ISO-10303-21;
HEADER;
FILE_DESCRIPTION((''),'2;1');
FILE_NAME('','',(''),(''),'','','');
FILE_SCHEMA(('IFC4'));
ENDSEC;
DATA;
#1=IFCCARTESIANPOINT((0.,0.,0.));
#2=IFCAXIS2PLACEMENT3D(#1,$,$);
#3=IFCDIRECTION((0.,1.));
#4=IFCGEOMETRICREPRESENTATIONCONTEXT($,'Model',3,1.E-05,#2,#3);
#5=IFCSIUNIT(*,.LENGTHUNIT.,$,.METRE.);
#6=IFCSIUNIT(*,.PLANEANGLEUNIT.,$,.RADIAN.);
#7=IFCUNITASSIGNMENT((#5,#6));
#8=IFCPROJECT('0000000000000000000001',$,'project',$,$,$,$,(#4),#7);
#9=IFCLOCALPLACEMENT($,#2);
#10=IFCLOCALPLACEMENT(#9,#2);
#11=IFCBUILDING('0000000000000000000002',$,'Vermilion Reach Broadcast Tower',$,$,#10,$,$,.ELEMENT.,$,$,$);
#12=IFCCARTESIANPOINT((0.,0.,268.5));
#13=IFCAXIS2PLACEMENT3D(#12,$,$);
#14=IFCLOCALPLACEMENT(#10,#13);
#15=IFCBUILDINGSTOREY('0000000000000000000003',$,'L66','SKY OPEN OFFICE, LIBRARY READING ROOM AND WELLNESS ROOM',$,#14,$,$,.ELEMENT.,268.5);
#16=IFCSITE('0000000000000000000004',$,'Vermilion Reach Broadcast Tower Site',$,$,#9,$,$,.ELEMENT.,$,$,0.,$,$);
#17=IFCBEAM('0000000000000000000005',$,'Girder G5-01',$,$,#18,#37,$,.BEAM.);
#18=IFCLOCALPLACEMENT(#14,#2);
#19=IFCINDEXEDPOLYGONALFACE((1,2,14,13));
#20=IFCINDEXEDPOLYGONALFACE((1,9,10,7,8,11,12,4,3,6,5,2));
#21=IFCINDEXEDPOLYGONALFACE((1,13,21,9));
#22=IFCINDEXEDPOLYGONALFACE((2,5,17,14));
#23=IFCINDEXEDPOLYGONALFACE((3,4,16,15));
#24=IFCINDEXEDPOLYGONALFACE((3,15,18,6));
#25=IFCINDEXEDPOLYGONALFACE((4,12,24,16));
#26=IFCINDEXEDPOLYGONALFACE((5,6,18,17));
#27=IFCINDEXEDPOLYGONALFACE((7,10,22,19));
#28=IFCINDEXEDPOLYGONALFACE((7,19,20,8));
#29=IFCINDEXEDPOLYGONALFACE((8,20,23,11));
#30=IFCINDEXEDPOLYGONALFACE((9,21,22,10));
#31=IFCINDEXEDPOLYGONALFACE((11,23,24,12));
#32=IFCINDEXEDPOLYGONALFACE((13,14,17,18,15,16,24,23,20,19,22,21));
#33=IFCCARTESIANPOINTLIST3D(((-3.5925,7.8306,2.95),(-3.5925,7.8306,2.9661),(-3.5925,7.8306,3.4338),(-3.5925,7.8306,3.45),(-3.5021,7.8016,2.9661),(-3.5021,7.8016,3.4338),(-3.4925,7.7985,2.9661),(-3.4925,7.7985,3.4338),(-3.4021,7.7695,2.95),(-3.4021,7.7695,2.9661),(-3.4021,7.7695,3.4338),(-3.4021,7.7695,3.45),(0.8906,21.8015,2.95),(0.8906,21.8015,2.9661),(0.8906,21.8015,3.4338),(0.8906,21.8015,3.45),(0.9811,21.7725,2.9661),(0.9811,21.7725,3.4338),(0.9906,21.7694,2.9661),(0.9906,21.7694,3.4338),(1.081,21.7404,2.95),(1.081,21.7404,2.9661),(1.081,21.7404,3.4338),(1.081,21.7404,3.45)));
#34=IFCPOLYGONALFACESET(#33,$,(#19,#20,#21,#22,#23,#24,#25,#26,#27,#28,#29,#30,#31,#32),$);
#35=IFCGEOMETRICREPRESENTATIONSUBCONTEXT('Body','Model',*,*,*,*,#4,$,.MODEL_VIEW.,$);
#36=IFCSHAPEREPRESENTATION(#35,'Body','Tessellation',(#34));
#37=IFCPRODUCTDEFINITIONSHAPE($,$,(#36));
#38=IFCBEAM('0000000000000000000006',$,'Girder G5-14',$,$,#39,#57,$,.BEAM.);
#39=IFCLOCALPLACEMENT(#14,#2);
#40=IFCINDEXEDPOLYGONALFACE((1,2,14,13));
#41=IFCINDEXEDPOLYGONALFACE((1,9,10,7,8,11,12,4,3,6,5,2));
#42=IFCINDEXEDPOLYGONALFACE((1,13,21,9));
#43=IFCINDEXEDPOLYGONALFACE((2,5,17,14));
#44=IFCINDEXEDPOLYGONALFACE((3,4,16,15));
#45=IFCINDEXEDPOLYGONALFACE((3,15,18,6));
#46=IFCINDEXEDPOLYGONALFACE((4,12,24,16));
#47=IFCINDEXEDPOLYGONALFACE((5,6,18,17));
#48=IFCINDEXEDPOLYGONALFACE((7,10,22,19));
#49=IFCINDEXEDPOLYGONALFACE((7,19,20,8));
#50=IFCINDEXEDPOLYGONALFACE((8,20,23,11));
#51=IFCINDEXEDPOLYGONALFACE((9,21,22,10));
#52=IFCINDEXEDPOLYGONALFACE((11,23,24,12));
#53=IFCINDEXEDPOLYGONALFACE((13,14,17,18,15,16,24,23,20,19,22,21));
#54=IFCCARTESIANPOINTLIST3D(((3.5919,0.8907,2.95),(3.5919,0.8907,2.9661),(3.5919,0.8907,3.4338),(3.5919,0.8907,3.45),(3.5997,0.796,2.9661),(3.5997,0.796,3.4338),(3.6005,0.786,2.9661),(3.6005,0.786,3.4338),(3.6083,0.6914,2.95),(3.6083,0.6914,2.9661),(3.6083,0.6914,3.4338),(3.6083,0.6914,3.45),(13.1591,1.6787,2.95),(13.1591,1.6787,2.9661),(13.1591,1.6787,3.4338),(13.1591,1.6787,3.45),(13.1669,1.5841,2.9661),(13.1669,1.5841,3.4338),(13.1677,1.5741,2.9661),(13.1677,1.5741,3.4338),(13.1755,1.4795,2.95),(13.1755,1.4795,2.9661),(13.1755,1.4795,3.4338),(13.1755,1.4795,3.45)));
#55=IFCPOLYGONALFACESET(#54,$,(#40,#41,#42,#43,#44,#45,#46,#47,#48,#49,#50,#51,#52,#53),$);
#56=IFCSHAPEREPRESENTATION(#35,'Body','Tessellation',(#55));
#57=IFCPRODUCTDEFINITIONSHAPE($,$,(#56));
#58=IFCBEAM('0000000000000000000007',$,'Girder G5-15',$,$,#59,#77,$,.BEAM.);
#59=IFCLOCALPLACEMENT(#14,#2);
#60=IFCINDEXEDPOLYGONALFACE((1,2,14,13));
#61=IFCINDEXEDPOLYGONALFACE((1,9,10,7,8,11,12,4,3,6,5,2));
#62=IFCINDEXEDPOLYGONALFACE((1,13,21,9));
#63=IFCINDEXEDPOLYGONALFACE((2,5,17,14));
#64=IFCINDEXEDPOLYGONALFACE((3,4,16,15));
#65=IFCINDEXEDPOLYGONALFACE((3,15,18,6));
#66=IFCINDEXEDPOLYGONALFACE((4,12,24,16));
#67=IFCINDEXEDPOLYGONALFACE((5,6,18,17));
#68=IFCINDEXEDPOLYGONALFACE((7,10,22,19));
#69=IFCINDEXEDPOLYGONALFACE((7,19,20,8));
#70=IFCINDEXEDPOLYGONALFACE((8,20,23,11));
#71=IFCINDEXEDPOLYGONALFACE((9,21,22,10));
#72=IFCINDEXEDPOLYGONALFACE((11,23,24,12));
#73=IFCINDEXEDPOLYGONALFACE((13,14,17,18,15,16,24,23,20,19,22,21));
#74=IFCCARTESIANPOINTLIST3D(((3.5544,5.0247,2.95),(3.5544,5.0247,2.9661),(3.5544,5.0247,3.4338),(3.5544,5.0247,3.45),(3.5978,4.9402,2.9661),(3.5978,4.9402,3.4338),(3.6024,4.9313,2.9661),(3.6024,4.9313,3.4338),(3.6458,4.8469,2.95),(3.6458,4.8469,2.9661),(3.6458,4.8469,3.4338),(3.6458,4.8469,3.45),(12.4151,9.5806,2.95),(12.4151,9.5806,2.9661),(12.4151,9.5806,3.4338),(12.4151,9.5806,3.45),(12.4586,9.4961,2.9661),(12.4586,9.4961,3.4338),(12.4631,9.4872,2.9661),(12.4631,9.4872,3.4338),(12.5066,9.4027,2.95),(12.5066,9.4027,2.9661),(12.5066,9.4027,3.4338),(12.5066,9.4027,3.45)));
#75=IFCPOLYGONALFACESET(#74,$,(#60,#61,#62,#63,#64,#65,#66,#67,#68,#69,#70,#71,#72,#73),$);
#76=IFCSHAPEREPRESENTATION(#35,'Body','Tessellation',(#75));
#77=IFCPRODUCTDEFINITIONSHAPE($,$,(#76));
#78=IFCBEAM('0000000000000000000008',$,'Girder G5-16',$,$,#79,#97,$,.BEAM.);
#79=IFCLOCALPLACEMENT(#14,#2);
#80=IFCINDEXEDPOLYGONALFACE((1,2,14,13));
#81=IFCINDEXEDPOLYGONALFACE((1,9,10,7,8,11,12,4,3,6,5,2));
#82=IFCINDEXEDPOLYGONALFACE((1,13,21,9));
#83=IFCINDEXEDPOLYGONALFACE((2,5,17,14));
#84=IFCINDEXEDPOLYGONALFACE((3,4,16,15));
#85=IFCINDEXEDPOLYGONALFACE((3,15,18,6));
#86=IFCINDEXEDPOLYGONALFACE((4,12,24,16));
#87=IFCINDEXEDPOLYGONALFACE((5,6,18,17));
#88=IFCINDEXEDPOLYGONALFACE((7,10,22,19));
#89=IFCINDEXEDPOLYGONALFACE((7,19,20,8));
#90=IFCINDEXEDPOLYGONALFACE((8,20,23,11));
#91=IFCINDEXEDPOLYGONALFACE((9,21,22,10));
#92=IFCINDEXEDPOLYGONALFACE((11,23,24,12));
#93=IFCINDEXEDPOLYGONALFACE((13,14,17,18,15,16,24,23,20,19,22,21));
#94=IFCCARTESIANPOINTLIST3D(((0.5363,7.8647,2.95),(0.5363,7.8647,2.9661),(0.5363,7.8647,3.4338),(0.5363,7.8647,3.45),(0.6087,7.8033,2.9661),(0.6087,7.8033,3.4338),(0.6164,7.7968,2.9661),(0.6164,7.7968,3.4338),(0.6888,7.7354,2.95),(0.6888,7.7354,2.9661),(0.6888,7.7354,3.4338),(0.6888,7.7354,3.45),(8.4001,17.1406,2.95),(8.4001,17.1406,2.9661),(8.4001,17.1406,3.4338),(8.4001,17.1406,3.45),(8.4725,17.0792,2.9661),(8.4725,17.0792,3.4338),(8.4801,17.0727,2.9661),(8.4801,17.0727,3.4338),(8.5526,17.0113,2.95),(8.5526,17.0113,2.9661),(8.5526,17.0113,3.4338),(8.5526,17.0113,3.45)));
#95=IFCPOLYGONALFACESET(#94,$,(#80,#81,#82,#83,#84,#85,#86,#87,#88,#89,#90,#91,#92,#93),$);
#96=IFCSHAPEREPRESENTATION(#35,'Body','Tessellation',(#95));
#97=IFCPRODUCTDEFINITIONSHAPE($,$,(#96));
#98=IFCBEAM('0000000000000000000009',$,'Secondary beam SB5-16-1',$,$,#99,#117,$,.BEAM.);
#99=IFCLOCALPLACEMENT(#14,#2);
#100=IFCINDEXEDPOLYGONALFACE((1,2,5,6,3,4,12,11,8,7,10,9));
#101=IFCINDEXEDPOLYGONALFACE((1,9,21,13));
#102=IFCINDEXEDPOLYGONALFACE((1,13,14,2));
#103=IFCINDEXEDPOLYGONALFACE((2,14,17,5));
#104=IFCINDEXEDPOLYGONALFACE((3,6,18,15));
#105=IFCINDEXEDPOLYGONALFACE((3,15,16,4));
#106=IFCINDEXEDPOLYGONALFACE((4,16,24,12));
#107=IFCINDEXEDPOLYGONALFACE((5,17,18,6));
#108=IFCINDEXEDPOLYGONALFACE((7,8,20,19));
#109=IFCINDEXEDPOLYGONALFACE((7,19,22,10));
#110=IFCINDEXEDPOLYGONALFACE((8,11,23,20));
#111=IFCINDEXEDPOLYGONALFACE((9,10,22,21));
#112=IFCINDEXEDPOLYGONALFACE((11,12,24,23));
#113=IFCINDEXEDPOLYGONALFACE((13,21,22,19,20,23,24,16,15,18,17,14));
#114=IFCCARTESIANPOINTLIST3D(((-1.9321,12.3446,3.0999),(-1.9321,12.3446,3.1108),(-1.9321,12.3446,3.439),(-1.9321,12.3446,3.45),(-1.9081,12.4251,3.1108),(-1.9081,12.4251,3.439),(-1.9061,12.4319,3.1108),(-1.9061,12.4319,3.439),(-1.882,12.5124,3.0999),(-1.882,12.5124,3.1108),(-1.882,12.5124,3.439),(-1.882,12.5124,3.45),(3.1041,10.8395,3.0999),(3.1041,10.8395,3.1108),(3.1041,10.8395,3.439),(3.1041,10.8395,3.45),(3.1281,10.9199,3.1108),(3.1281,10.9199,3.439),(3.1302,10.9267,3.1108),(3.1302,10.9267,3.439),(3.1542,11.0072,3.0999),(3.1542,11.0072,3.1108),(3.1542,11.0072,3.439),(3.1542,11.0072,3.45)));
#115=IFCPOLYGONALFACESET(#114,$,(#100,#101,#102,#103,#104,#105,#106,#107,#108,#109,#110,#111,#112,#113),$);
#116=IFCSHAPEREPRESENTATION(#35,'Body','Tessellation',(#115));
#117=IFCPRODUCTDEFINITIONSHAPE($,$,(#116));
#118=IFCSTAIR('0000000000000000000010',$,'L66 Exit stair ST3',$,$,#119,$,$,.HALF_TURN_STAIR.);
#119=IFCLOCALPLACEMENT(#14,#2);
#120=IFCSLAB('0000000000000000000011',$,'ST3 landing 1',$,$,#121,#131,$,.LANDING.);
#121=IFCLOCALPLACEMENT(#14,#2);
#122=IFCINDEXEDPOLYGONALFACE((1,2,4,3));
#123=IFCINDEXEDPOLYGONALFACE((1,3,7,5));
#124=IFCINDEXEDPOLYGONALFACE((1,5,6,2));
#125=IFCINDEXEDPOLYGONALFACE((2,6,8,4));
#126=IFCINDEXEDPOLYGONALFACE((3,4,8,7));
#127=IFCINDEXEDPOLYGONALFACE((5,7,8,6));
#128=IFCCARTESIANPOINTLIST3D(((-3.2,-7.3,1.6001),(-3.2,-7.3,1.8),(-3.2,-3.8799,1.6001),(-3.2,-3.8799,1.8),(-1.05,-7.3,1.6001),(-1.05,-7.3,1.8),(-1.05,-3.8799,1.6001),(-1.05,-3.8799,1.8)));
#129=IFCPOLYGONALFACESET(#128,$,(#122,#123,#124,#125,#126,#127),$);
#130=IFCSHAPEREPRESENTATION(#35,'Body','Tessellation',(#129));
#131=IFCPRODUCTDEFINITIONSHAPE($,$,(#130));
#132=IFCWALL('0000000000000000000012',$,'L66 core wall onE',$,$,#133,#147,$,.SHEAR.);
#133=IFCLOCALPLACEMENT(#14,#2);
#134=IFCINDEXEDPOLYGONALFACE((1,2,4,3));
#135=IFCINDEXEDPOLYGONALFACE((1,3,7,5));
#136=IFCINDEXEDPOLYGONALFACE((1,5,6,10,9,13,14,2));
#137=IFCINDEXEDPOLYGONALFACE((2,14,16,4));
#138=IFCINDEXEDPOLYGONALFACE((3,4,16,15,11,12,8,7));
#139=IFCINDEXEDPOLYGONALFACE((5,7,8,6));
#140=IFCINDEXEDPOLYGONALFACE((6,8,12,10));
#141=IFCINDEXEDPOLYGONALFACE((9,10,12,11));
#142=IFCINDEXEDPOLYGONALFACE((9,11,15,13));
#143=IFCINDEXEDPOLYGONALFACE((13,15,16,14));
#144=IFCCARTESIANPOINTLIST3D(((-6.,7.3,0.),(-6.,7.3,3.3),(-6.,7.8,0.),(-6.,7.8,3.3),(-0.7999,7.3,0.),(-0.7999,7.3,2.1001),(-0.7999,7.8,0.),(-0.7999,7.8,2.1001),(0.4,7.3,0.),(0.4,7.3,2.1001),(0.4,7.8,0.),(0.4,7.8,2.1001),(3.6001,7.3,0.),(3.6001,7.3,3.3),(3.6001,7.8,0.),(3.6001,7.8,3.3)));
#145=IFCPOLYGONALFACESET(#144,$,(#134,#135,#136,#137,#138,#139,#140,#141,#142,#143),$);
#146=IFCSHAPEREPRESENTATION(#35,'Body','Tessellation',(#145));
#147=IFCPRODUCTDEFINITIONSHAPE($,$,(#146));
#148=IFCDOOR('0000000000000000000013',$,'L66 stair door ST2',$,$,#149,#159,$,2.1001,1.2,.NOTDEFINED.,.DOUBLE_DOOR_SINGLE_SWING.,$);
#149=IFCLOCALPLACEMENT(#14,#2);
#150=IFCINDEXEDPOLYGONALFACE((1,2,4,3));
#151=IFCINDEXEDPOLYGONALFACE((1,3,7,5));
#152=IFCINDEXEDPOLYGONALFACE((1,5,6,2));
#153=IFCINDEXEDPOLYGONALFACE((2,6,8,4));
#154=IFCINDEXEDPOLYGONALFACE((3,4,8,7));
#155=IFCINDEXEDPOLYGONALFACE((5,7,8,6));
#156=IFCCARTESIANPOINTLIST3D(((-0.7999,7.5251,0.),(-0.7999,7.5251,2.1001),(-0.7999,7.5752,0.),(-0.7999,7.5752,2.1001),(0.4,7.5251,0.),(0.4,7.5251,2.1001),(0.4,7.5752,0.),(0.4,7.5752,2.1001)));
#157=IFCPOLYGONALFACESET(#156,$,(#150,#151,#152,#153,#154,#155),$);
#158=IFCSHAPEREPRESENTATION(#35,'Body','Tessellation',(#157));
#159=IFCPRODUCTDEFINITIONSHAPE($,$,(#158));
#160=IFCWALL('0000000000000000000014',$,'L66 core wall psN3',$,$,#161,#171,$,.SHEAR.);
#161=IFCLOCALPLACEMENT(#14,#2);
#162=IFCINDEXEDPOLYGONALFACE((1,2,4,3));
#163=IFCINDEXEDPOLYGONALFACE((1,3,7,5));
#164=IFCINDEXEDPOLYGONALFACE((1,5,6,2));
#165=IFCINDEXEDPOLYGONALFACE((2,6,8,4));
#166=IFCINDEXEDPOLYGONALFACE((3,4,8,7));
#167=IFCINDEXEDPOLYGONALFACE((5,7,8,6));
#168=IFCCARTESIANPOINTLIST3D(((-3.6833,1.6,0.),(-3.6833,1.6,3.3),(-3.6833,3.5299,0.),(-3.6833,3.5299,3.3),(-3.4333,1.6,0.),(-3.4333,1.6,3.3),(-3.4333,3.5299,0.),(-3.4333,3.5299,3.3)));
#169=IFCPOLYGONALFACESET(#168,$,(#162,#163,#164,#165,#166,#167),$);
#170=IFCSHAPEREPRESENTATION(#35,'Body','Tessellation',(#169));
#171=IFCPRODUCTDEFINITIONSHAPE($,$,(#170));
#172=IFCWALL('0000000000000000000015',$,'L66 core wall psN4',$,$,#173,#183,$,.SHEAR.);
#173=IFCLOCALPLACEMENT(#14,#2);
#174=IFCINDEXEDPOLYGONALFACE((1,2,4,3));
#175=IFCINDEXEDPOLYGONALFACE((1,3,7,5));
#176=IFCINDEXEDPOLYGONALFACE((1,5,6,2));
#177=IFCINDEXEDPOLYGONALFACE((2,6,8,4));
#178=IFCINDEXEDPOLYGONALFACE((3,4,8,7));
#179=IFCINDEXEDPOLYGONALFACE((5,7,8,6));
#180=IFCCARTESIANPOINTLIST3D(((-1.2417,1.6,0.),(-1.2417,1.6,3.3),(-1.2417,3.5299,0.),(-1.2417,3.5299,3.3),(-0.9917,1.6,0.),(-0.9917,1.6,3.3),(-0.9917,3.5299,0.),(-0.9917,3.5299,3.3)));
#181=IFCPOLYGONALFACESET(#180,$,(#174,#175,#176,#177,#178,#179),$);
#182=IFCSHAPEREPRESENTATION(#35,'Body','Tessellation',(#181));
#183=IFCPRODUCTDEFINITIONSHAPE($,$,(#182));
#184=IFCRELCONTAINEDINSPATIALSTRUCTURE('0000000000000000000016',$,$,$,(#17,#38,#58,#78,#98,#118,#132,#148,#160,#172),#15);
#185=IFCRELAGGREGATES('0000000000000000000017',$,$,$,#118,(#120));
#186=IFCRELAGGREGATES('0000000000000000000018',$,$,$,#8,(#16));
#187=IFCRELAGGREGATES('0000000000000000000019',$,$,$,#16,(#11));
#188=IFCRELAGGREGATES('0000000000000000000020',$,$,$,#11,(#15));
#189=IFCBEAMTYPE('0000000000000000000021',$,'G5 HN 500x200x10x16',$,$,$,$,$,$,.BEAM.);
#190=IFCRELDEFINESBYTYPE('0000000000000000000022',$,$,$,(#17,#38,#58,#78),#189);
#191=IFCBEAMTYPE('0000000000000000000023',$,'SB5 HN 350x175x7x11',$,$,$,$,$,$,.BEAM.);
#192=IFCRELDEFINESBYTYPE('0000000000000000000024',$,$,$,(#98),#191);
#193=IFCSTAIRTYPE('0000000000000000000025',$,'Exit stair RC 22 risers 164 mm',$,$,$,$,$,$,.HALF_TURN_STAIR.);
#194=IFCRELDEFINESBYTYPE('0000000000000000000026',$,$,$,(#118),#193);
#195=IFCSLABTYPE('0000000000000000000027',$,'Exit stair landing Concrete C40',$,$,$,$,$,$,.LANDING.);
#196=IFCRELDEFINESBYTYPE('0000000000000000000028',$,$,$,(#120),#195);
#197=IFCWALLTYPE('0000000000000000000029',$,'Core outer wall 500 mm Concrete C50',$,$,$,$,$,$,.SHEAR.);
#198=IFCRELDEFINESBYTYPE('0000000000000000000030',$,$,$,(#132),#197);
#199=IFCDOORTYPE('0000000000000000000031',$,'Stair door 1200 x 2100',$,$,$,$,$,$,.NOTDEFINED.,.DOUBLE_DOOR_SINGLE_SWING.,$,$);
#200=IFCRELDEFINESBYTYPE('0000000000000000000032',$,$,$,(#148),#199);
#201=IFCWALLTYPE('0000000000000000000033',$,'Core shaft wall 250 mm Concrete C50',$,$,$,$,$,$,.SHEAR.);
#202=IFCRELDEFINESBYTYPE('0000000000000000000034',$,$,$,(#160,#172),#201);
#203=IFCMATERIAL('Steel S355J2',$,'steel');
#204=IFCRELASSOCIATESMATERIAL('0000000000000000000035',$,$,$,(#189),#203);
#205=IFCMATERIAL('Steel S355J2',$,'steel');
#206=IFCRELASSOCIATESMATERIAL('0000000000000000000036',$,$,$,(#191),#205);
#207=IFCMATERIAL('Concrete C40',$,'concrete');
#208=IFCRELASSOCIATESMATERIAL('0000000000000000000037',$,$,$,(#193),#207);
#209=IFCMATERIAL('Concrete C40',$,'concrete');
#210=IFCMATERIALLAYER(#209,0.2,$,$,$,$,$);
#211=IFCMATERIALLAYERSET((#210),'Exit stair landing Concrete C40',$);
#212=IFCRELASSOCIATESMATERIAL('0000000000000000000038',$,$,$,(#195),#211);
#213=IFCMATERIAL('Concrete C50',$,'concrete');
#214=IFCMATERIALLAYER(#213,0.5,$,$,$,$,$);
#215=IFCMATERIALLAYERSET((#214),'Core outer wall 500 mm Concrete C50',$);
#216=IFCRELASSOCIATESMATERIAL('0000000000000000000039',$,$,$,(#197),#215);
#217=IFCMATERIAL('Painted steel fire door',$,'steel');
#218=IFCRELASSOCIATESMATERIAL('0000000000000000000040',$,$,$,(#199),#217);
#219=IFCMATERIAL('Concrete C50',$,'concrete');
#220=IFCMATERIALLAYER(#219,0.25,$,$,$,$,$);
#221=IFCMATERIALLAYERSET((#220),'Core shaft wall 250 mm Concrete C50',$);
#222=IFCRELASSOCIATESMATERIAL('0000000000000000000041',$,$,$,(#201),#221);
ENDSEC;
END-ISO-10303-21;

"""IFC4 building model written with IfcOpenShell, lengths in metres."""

from ifc_helpers import new_model, si_unit, direction, frame, frame_2d, origin, origin_2d, place, context, subcontext, project, spatial, polyline, rectangle, i_section, outline, extrude, material, layer, layer_set, material_profile, profile_set, type_object, element, fill, aggregate, save


model = new_model("IFC4")

# Units and contexts
model_context = context("Model", 3, precision=1e-05, world=origin(), true_north=direction((0.0, 1.0)))
body_context = subcontext(model_context, "Body", "Model", "MODEL_VIEW")
ifc_project = project(units=[si_unit("LENGTHUNIT", "METRE"), si_unit("PLANEANGLEUNIT", "RADIAN")], contexts=[model_context])

# Site, building, storey
site_placement = place(None, origin())
site = spatial("IfcSite", under=ifc_project, at=site_placement, Name="Vermilion Reach Broadcast Tower Site", CompositionType="ELEMENT", RefElevation=0.0)
building_placement = place(site_placement, origin())
building = spatial("IfcBuilding", under=site, at=building_placement, Name="Vermilion Reach Broadcast Tower", CompositionType="ELEMENT")
storey_placement = place(building_placement, frame((0.0, 0.0, 268.5)))
storey = spatial("IfcBuildingStorey", under=building, at=storey_placement, Name="L66", Description="SKY OPEN OFFICE, LIBRARY READING ROOM AND WELLNESS ROOM", CompositionType="ELEMENT", Elevation=268.5)

# Beams
ifc_material_1 = material(Name="Steel S355J2", Category="steel")
ifc_material_profile_1 = material_profile(ifc_material_1, i_section(OverallWidth=0.2, OverallDepth=0.5, WebThickness=0.01, FlangeThickness=0.0161, at=origin_2d()), Name="S355J2 HN 500x200x10x16")
ifc_profile_set_1 = profile_set([ifc_material_profile_1], Name="Steel S355J2")
beam_type_1 = type_object("IfcBeamType", Name="G5 HN 500x200x10x16", PredefinedType="BEAM", material=ifc_profile_set_1)
beam_1_placement = place(storey_placement, frame((-3.4973, 7.8, 3.2), z_axis=(0.305545, 0.952178, 0.0), x_axis=(-0.952178, 0.305545, 0.0)))
element("IfcBeam", 1, at=beam_1_placement, inside=storey, type_object=beam_type_1, Name="Girder G5-01", PredefinedType="BEAM", context=body_context, shape_type="SweptSolid", body=[
    extrude(i_section(OverallWidth=0.2, OverallDepth=0.5, WebThickness=0.01, FlangeThickness=0.0161, at=origin_2d()), origin(), (0.0, 0.0, 1.0), 14.6726),
])
beam_2_placement = place(storey_placement, frame((3.6001, 0.791, 3.2), z_axis=(0.996624, 0.082096, 0.0), x_axis=(-0.082096, 0.996624, 0.0)))
element("IfcBeam", 2, at=beam_2_placement, inside=storey, type_object=beam_type_1, Name="Girder G5-14", PredefinedType="BEAM", context=body_context, shape_type="SweptSolid", body=[
    extrude(i_section(OverallWidth=0.2, OverallDepth=0.5, WebThickness=0.01, FlangeThickness=0.0161, at=origin_2d()), origin(), (0.0, 0.0, 1.0), 9.5996),
])
beam_3_placement = place(storey_placement, frame((3.6001, 4.9358, 3.2), z_axis=(0.889333, 0.457261, 0.0), x_axis=(-0.457261, 0.889333, 0.0)))
element("IfcBeam", 3, at=beam_3_placement, inside=storey, type_object=beam_type_1, Name="Girder G5-15", PredefinedType="BEAM", context=body_context, shape_type="SweptSolid", body=[
    extrude(i_section(OverallWidth=0.2, OverallDepth=0.5, WebThickness=0.01, FlangeThickness=0.0161, at=origin_2d()), origin(), (0.0, 0.0, 1.0), 9.9634),
])
beam_4_placement = place(storey_placement, frame((0.6125, 7.8, 3.2), z_axis=(0.646658, 0.76278, 0.0), x_axis=(-0.76278, 0.646658, 0.0)))
element("IfcBeam", 4, at=beam_4_placement, inside=storey, type_object=beam_type_1, Name="Girder G5-16", PredefinedType="BEAM", context=body_context, shape_type="SweptSolid", body=[
    extrude(i_section(OverallWidth=0.2, OverallDepth=0.5, WebThickness=0.01, FlangeThickness=0.0161, at=origin_2d()), origin(), (0.0, 0.0, 1.0), 12.1606),
])
ifc_material_2 = material(Name="Steel S355J2", Category="steel")
ifc_material_profile_2 = material_profile(ifc_material_2, i_section(OverallWidth=0.175, OverallDepth=0.3501, WebThickness=0.0071, FlangeThickness=0.011, at=origin_2d()), Name="S355J2 HN 350x175x7x11")
ifc_profile_set_2 = profile_set([ifc_material_profile_2], Name="Steel S355J2")
beam_type_2 = type_object("IfcBeamType", Name="SB5 HN 350x175x7x11", PredefinedType="BEAM", material=ifc_profile_set_2)
beam_5_placement = place(storey_placement, frame((3.1292, 10.9233, 3.2749), z_axis=(-0.958125, 0.286351, 0.0), x_axis=(-0.286351, -0.958125, 0.0)))
element("IfcBeam", 5, at=beam_5_placement, inside=storey, type_object=beam_type_2, Name="Secondary beam SB5-16-1", PredefinedType="BEAM", context=body_context, shape_type="SweptSolid", body=[
    extrude(i_section(OverallWidth=0.175, OverallDepth=0.3501, WebThickness=0.0071, FlangeThickness=0.011, at=origin_2d()), origin(), (0.0, 0.0, 1.0), 5.2563),
])

# Stair, slab
ifc_material_3 = material(Name="Concrete C40", Category="concrete")
stair_type = type_object("IfcStairType", Name="Exit stair RC 22 risers 164 mm", PredefinedType="HALF_TURN_STAIR", material=ifc_material_3)
placement = place(storey_placement, origin())
stair_1 = element("IfcStair", 6, at=placement, inside=storey, type_object=stair_type, Name="L66 Exit stair ST3", PredefinedType="HALF_TURN_STAIR")
ifc_material_4 = material(Name="Concrete C40", Category="concrete")
ifc_layer_1 = layer(ifc_material_4, 0.2)
ifc_layer_set_1 = layer_set([ifc_layer_1], Name="Exit stair landing Concrete C40")
slab_type = type_object("IfcSlabType", Name="Exit stair landing Concrete C40", PredefinedType="LANDING", material=ifc_layer_set_1)
slab_placement = place(storey_placement, frame((0.0, 0.0, 1.6001)))
slab = element("IfcSlab", 7, at=slab_placement, type_object=slab_type, Name="ST3 landing 1", PredefinedType="LANDING", context=body_context, shape_type="SweptSolid", body=[
    extrude(outline(polyline([(-3.2, -7.3), (-1.05, -7.3), (-1.05, -3.8799), (-3.2, -3.8799), (-3.2, -7.3)])), origin(), (0.0, 0.0, 1.0), 0.2),
])
aggregate(stair_1, [slab])

# Wall, opening, door
ifc_material_5 = material(Name="Concrete C50", Category="concrete")
ifc_layer_2 = layer(ifc_material_5, 0.5)
ifc_layer_set_2 = layer_set([ifc_layer_2], Name="Core outer wall 500 mm Concrete C50")
wall_type_1 = type_object("IfcWallType", Name="Core outer wall 500 mm Concrete C50", PredefinedType="SHEAR", material=ifc_layer_set_2)
wall_placement = place(storey_placement, frame((3.6001, 7.55, 0.0), z_axis=(0.0, 0.0, 1.0), x_axis=(-1.0, 0.0, 0.0)))
wall = element("IfcWall", 8, at=wall_placement, inside=storey, type_object=wall_type_1, Name="L66 core wall onE", PredefinedType="SHEAR", context=body_context, shape_type="SweptSolid", body=[
    extrude(rectangle(XDim=9.6001, YDim=0.5, at=frame_2d((4.8, 0.0))), origin(), (0.0, 0.0, 1.0), 3.3),
])
opening_placement = place(wall_placement, frame((3.2, 0.0, 0.0)))
opening = element("IfcOpeningElement", 9, at=opening_placement, cuts=wall, PredefinedType="OPENING", context=body_context, shape_type="SweptSolid", body=[
    extrude(rectangle(XDim=1.2, YDim=2.1001, at=frame_2d((0.6001, 1.05))), frame((0.0, 0.26, 0.0), z_axis=(0.0, -1.0, 0.0), x_axis=(1.0, 0.0, 0.0)), (0.0, 0.0, 1.0), 0.52),
])
ifc_material_6 = material(Name="Painted steel fire door", Category="steel")
door_type = type_object("IfcDoorType", Name="Stair door 1200 x 2100", OperationType="DOUBLE_DOOR_SINGLE_SWING", PredefinedType="NOTDEFINED", material=ifc_material_6)
door_placement = place(opening_placement, origin())
door = element("IfcDoor", 10, at=door_placement, inside=storey, type_object=door_type, Name="L66 stair door ST2", OperationType="DOUBLE_DOOR_SINGLE_SWING", OverallHeight=2.1001, OverallWidth=1.2, PredefinedType="NOTDEFINED", context=body_context, shape_type="SweptSolid", body=[
    extrude(rectangle(XDim=1.2, YDim=2.1001, at=frame_2d((0.6001, 1.05))), frame((0.0, 0.0249, 0.0), z_axis=(0.0, -1.0, 0.0), x_axis=(1.0, 0.0, 0.0)), (0.0, 0.0, 1.0), 0.05),
])
fill(opening, door)

# Walls
ifc_material_7 = material(Name="Concrete C50", Category="concrete")
ifc_layer_3 = layer(ifc_material_7, 0.25)
ifc_layer_set_3 = layer_set([ifc_layer_3], Name="Core shaft wall 250 mm Concrete C50")
wall_type_2 = type_object("IfcWallType", Name="Core shaft wall 250 mm Concrete C50", PredefinedType="SHEAR", material=ifc_layer_set_3)
for number, where, z_axis, x_axis, name in (
    (11, (-3.5583, 1.6001, 0.0), (0.0, 0.0, 1.0), (0.0, 1.0, 0.0), "L66 core wall psN3"),
    (12, (-1.1167, 1.6001, 0.0), (0.0, 0.0, 1.0), (0.0, 1.0, 0.0), "L66 core wall psN4"),
):
    element("IfcWall", number, at=place(storey_placement, frame(where, z_axis=z_axis, x_axis=x_axis)), inside=storey, type_object=wall_type_2, Name=name, PredefinedType="SHEAR", context=body_context, shape_type="SweptSolid", body=[
        extrude(rectangle(XDim=1.9299, YDim=0.25, at=frame_2d((0.9648, 0.0))), origin(), (0.0, 0.0, 1.0), 3.3),
    ])

save(model, "model.ifc")
